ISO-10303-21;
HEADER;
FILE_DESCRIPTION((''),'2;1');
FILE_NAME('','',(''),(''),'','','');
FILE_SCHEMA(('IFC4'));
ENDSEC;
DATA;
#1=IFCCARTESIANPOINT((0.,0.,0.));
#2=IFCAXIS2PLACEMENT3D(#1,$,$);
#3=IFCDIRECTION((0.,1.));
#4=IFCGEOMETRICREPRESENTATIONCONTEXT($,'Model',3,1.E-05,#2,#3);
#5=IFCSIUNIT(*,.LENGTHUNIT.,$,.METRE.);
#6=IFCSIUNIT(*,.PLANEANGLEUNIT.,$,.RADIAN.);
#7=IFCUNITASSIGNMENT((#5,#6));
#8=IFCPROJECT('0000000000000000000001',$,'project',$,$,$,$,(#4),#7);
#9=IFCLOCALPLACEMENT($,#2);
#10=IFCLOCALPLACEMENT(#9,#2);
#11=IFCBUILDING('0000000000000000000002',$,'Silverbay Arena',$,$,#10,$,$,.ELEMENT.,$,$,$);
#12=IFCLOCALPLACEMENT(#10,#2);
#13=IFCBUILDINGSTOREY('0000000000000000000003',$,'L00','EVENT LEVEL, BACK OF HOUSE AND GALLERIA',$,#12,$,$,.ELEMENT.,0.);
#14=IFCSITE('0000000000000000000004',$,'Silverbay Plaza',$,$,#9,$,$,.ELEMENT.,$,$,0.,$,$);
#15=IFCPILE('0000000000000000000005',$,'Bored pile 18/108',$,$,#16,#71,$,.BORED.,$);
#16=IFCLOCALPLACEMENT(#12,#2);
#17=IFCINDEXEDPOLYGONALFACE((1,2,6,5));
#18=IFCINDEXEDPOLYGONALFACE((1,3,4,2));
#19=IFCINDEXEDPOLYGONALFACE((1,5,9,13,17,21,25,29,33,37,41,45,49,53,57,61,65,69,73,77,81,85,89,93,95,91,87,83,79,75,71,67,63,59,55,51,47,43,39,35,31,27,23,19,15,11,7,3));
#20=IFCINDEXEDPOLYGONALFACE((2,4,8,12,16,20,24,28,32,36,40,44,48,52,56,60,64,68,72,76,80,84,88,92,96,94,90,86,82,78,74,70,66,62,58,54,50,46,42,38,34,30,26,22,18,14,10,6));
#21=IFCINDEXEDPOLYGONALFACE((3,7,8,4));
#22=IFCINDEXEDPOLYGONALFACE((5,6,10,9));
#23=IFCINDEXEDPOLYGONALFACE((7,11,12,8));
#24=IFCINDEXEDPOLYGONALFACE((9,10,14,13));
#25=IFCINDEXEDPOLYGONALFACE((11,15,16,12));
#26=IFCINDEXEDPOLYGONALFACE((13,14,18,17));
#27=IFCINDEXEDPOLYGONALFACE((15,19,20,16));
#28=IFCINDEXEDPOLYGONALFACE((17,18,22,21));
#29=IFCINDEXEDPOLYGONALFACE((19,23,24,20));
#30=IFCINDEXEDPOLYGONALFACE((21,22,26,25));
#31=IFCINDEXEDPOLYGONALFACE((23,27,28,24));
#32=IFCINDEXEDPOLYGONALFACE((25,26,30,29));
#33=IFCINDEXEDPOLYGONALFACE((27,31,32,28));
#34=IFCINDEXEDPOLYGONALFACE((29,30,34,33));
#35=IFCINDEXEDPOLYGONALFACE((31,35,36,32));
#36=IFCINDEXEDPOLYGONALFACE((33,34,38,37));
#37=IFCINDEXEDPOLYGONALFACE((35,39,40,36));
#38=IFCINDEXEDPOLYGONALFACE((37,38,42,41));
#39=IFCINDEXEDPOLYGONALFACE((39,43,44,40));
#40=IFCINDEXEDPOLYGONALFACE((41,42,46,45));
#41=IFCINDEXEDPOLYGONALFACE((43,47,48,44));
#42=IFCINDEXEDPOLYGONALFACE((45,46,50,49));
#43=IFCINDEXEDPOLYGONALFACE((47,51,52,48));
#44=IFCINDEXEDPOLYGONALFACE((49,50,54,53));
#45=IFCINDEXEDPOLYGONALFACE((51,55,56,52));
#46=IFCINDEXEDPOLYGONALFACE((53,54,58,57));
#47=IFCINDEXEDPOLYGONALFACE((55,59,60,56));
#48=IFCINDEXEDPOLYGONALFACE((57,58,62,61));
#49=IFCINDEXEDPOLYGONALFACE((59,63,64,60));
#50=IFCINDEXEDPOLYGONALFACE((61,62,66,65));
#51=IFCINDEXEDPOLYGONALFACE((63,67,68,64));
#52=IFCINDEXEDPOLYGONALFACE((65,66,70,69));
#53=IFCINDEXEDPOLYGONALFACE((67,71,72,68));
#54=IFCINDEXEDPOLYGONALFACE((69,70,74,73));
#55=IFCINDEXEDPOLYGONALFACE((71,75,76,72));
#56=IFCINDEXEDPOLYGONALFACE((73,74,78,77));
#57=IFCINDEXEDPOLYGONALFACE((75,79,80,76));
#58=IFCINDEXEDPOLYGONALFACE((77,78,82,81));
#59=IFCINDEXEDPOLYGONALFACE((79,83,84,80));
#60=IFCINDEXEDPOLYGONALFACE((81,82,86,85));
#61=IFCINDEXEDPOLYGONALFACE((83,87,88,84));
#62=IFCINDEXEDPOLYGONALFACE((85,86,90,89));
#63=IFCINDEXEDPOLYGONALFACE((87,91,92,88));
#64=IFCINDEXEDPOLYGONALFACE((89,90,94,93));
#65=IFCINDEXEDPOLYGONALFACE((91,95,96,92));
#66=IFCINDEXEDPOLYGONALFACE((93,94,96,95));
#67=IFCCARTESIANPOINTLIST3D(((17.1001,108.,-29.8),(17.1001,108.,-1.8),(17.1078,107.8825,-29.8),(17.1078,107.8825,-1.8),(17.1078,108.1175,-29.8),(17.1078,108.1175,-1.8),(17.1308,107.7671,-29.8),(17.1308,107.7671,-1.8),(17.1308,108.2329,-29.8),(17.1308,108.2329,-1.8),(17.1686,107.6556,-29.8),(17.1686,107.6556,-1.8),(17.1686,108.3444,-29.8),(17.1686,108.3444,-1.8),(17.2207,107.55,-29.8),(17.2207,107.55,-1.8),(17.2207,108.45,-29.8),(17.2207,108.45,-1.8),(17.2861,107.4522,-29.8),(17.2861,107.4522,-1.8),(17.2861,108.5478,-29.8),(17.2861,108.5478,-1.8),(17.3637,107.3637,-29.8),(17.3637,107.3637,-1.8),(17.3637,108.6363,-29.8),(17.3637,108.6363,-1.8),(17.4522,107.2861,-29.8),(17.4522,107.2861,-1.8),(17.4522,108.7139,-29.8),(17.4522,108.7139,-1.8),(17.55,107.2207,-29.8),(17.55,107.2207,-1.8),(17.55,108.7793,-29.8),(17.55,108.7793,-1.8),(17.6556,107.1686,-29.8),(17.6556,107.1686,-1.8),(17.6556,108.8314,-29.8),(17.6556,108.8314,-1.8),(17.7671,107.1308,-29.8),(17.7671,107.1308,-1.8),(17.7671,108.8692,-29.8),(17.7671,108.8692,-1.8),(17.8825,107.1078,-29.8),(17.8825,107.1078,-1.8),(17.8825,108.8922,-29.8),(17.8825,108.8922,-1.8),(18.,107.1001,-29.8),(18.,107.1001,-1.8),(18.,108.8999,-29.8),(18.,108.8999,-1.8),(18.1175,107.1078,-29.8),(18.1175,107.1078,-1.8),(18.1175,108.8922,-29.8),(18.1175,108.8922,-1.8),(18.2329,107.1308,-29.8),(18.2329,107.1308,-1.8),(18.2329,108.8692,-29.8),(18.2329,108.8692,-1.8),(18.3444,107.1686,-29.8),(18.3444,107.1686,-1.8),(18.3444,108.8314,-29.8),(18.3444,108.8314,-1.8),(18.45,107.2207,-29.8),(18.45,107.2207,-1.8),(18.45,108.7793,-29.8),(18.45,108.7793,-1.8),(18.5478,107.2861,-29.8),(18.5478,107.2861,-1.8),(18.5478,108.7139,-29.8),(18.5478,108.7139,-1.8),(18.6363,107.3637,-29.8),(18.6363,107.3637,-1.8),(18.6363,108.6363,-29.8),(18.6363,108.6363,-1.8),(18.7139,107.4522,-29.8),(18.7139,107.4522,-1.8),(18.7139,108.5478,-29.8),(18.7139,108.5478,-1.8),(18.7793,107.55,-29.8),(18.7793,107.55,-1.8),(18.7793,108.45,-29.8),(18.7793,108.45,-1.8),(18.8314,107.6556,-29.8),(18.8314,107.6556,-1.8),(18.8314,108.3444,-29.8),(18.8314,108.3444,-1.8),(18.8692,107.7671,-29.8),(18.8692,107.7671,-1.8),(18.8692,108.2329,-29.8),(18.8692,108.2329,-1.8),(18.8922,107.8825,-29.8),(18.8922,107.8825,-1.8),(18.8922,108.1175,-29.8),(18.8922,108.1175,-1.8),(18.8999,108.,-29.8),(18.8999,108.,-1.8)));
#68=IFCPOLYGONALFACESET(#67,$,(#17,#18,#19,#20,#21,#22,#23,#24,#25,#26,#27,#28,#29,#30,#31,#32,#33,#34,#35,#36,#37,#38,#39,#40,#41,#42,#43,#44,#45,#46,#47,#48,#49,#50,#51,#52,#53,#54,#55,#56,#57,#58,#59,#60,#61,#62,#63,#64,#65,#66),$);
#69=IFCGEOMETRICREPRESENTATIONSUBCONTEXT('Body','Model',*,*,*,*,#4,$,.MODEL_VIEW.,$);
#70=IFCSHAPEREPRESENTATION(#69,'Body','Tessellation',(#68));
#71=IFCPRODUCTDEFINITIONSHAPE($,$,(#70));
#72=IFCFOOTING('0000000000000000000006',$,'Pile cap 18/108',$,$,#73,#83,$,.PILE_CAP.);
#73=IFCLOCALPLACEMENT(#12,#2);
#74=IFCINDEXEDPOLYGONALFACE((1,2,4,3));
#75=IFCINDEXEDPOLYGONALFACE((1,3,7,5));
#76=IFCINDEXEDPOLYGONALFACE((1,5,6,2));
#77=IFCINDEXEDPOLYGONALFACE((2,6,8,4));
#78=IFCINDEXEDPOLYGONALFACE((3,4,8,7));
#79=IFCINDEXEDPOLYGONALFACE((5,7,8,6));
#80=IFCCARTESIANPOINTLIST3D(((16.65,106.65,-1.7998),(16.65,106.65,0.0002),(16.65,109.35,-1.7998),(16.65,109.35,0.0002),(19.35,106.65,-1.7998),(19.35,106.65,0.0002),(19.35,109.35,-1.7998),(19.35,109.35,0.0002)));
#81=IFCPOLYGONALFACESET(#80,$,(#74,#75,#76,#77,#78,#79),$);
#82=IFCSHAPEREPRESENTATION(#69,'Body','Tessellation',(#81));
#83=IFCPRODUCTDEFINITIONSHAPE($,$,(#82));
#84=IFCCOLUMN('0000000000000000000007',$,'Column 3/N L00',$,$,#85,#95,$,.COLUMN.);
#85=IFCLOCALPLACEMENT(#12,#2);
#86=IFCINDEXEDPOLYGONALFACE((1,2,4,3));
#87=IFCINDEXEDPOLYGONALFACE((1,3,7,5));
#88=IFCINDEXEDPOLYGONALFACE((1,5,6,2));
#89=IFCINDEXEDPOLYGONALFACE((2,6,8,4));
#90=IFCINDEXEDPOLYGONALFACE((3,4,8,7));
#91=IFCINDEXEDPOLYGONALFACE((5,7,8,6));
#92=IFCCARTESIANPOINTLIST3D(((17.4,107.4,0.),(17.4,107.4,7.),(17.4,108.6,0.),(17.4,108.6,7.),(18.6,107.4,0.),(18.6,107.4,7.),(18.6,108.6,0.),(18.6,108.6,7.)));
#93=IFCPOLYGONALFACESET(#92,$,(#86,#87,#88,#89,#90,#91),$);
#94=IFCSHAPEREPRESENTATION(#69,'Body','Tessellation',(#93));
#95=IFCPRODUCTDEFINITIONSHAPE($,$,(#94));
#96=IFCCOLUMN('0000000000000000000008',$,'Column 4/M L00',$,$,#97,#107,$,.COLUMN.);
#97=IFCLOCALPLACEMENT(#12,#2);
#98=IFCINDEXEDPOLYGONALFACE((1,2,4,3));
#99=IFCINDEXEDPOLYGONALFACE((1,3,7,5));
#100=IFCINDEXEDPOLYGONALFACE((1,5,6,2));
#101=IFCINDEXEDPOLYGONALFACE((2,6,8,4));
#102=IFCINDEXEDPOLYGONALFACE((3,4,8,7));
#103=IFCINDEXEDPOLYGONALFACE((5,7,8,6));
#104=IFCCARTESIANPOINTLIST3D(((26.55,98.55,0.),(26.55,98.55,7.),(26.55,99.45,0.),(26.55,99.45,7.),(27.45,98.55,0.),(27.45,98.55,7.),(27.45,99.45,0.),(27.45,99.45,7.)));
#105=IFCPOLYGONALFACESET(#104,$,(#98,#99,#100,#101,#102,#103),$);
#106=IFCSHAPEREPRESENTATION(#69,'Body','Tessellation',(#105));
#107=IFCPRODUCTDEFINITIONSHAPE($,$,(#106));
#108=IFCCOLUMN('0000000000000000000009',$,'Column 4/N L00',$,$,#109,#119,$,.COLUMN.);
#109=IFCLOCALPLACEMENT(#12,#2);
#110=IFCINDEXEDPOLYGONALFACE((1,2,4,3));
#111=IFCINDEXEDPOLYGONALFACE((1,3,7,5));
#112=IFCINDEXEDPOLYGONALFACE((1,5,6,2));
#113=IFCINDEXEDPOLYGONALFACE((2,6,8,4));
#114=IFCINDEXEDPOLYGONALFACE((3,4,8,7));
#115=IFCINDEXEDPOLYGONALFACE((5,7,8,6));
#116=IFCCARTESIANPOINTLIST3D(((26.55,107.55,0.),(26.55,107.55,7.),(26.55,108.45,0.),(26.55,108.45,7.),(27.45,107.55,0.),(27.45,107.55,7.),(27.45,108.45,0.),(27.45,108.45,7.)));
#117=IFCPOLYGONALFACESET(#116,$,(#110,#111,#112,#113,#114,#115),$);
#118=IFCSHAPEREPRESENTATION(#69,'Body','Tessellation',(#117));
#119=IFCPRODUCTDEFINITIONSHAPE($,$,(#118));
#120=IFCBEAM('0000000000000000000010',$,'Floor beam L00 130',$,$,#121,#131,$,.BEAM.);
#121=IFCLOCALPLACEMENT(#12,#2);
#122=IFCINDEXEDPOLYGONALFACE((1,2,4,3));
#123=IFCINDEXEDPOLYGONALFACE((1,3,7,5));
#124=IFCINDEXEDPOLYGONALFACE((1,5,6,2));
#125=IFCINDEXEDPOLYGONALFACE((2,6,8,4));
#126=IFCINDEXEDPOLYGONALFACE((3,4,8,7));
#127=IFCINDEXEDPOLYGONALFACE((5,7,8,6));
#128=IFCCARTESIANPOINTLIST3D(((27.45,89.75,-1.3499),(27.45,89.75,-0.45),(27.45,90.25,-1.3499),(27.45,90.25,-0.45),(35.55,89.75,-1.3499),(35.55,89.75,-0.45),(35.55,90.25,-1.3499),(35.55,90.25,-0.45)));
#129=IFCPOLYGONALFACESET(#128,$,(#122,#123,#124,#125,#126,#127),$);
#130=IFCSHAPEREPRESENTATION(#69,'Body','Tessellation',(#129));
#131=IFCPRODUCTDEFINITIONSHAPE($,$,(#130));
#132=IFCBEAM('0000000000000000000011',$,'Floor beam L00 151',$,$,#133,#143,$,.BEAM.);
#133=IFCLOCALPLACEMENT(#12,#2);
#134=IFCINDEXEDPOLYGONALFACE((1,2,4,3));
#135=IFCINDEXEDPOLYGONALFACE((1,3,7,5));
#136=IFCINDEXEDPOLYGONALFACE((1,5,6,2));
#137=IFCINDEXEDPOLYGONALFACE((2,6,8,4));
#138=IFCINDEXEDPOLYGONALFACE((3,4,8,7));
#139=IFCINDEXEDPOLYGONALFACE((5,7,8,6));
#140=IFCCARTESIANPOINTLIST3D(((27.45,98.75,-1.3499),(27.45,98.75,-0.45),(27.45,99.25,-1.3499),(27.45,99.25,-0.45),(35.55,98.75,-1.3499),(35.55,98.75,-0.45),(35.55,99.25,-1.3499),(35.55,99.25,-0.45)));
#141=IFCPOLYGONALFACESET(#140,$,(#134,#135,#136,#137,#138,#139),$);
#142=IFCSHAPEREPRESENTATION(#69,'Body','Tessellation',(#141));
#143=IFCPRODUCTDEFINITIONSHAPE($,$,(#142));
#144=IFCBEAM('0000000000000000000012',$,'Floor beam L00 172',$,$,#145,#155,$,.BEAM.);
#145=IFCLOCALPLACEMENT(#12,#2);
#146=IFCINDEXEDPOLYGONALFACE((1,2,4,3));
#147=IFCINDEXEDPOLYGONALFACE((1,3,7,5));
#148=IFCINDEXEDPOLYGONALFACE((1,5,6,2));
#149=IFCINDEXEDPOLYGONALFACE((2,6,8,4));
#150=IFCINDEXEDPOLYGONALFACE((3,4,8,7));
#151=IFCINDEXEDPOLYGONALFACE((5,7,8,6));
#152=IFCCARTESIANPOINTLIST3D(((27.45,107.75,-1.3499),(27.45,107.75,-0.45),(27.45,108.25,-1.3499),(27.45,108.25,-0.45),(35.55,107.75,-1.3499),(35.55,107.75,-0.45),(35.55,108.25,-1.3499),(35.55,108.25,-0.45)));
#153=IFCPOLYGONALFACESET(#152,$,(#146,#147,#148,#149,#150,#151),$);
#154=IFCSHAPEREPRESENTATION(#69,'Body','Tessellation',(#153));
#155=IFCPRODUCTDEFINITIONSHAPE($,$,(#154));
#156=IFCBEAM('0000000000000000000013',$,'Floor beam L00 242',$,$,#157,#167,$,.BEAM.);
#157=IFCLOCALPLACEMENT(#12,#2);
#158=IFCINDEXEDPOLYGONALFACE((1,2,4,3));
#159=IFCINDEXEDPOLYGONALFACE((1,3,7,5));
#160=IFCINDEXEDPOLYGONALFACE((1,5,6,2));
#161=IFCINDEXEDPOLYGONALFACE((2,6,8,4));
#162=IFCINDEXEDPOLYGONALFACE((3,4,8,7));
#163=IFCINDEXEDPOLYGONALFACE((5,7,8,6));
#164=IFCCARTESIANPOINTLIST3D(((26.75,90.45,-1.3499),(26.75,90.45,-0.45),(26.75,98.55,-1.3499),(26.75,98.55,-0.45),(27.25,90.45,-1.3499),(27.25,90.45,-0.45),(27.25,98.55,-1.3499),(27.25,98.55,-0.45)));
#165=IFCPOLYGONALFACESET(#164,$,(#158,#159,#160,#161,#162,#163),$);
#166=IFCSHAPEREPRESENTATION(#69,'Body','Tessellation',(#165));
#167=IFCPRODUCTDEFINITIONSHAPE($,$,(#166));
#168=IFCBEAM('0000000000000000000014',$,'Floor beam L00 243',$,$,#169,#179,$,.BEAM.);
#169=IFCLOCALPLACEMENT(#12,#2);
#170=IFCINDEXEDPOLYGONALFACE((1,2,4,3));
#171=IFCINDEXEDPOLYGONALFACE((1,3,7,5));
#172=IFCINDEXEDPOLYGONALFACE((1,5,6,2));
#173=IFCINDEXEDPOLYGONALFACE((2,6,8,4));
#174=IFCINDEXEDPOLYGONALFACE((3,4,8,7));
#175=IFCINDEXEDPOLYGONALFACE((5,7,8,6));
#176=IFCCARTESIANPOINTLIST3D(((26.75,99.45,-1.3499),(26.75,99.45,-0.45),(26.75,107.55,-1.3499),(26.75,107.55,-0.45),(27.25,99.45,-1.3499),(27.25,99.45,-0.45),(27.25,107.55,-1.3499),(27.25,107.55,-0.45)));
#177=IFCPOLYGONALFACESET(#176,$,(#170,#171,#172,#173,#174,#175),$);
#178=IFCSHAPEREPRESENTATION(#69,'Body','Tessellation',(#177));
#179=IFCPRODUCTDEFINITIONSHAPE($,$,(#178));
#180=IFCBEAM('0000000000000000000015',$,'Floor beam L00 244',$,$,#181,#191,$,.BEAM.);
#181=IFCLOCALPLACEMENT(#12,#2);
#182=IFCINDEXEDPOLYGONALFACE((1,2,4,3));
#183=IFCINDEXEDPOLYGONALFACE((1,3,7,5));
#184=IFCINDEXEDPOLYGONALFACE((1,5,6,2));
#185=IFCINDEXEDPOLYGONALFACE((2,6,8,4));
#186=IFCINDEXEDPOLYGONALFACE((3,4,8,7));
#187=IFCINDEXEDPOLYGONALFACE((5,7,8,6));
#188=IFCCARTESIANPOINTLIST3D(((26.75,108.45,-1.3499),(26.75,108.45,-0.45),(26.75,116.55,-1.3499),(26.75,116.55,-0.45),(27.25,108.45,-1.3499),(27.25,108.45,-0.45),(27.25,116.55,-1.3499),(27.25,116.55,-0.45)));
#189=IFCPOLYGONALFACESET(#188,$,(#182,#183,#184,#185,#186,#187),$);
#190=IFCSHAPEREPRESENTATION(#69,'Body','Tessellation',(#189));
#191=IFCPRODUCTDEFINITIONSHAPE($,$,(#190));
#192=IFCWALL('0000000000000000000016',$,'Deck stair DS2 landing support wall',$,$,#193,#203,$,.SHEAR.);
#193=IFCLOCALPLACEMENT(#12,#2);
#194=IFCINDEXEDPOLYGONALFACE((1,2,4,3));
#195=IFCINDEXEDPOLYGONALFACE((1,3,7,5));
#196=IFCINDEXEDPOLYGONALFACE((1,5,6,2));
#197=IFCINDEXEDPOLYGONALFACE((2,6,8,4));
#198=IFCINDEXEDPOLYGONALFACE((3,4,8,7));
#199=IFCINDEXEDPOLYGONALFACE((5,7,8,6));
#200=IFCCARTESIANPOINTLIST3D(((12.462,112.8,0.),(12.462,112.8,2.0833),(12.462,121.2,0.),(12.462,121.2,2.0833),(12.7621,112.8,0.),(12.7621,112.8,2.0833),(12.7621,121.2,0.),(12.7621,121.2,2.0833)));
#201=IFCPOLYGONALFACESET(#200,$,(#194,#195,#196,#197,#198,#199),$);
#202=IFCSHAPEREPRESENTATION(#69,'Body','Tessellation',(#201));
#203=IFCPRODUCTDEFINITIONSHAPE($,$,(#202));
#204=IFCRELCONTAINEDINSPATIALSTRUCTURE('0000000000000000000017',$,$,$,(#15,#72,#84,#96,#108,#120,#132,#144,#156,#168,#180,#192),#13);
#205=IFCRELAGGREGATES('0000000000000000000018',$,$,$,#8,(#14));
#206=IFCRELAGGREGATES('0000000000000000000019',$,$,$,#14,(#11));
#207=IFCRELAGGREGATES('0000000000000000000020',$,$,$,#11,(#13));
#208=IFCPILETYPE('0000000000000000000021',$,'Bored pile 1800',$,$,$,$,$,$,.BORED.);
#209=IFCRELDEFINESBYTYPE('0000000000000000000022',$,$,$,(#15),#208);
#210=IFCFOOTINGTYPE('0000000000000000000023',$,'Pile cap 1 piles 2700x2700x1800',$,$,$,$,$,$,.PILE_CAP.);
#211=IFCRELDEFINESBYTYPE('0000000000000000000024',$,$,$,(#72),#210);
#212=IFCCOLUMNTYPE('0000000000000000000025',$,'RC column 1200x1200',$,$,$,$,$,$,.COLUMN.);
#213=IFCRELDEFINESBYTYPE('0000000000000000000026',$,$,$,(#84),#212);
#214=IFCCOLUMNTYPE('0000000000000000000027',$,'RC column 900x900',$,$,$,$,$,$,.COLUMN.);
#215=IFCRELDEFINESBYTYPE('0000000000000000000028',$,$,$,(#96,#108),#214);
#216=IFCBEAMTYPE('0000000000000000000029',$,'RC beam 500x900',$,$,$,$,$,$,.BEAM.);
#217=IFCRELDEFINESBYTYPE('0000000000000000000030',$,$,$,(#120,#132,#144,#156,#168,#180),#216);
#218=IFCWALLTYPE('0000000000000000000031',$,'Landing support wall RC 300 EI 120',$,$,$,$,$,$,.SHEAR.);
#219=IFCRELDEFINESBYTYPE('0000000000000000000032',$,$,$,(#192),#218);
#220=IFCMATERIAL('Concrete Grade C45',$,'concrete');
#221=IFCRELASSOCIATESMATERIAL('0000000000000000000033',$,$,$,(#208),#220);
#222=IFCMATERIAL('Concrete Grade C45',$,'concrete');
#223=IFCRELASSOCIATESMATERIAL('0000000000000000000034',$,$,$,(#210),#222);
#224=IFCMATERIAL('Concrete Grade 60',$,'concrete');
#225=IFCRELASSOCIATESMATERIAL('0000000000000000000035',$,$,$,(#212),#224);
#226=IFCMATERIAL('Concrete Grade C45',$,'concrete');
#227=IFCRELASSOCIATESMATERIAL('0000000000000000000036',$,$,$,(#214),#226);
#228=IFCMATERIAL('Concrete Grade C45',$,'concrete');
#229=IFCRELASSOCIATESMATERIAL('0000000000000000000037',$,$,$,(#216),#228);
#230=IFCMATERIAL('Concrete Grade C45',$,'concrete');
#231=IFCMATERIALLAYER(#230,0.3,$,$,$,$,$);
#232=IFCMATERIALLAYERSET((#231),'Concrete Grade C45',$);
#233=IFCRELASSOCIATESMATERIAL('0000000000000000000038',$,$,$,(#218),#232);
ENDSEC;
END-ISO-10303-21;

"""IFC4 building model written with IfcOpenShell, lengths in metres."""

from ifc_helpers import new_model, si_unit, direction, frame, frame_2d, origin, origin_2d, place, context, subcontext, project, spatial, rectangle, circle, extrude, material, layer, layer_set, material_profile, profile_set, type_object, element, save


model = new_model("IFC4")

# Units and contexts
model_context = context("Model", 3, precision=1e-05, world=origin(), true_north=direction((0.0, 1.0)))
body_context = subcontext(model_context, "Body", "Model", "MODEL_VIEW")
ifc_project = project(units=[si_unit("LENGTHUNIT", "METRE"), si_unit("PLANEANGLEUNIT", "RADIAN")], contexts=[model_context])

# Site, building, storey
site_placement = place(None, origin())
site = spatial("IfcSite", under=ifc_project, at=site_placement, Name="Silverbay Plaza", CompositionType="ELEMENT", RefElevation=0.0)
building_placement = place(site_placement, origin())
building = spatial("IfcBuilding", under=site, at=building_placement, Name="Silverbay Arena", CompositionType="ELEMENT")
storey_placement = place(building_placement, origin())
storey = spatial("IfcBuildingStorey", under=building, at=storey_placement, Name="L00", Description="EVENT LEVEL, BACK OF HOUSE AND GALLERIA", CompositionType="ELEMENT", Elevation=0.0)

# Pile
ifc_material_1 = material(Name="Concrete Grade C45", Category="concrete")
ifc_material_profile_1 = material_profile(ifc_material_1, circle(Radius=0.8999, at=origin_2d()), Name="Bored pile 1800")
ifc_profile_set_1 = profile_set([ifc_material_profile_1], Name="Concrete Grade C45")
pile_type = type_object("IfcPileType", Name="Bored pile 1800", PredefinedType="BORED", material=ifc_profile_set_1)
pile_placement = place(storey_placement, frame((18.0, 108.0, -1.8), z_axis=(0.0, 0.0, -1.0), x_axis=(1.0, 0.0, 0.0)))
element("IfcPile", 1, at=pile_placement, inside=storey, type_object=pile_type, Name="Bored pile 18/108", PredefinedType="BORED", context=body_context, shape_type="SweptSolid", body=[
    extrude(circle(Radius=0.8999, at=origin_2d()), origin(), (0.0, 0.0, 1.0), 28.0),
])

# Footing
ifc_material_2 = material(Name="Concrete Grade C45", Category="concrete")
footing_type = type_object("IfcFootingType", Name="Pile cap 1 piles 2700x2700x1800", PredefinedType="PILE_CAP", material=ifc_material_2)
footing_placement = place(storey_placement, frame((18.0, 108.0, -1.7998), z_axis=(0.0, 0.0, 1.0), x_axis=(1.0, 0.0, 0.0)))
element("IfcFooting", 2, at=footing_placement, inside=storey, type_object=footing_type, Name="Pile cap 18/108", PredefinedType="PILE_CAP", context=body_context, shape_type="SweptSolid", body=[
    extrude(rectangle(XDim=2.7, YDim=2.7, at=origin_2d()), origin(), (0.0, 0.0, 1.0), 1.8),
])

# Columns
ifc_material_3 = material(Name="Concrete Grade 60", Category="concrete")
ifc_material_profile_2 = material_profile(ifc_material_3, rectangle(XDim=1.2, YDim=1.2, at=origin_2d()), Name="RC 1200x1200")
ifc_profile_set_2 = profile_set([ifc_material_profile_2], Name="Concrete Grade 60")
column_type_1 = type_object("IfcColumnType", Name="RC column 1200x1200", PredefinedType="COLUMN", material=ifc_profile_set_2)
column_placement = place(storey_placement, frame((18.0, 108.0, 0.0), z_axis=(0.0, 0.0, 1.0), x_axis=(1.0, 0.0, 0.0)))
element("IfcColumn", 3, at=column_placement, inside=storey, type_object=column_type_1, Name="Column 3/N L00", PredefinedType="COLUMN", context=body_context, shape_type="SweptSolid", body=[
    extrude(rectangle(XDim=1.2, YDim=1.2, at=origin_2d()), origin(), (0.0, 0.0, 1.0), 7.0),
])
ifc_material_4 = material(Name="Concrete Grade C45", Category="concrete")
ifc_material_profile_3 = material_profile(ifc_material_4, rectangle(XDim=0.8999, YDim=0.8999, at=origin_2d()), Name="RC 900x900")
ifc_profile_set_3 = profile_set([ifc_material_profile_3], Name="Concrete Grade C45")
column_type_2 = type_object("IfcColumnType", Name="RC column 900x900", PredefinedType="COLUMN", material=ifc_profile_set_3)
for number, where, z_axis, x_axis, name in (
    (4, (27.0, 99.0, 0.0), (0.0, 0.0, 1.0), (1.0, 0.0, 0.0), "Column 4/M L00"),
    (5, (27.0, 108.0, 0.0), (0.0, 0.0, 1.0), (1.0, 0.0, 0.0), "Column 4/N L00"),
):
    element("IfcColumn", number, at=place(storey_placement, frame(where, z_axis=z_axis, x_axis=x_axis)), inside=storey, type_object=column_type_2, Name=name, PredefinedType="COLUMN", context=body_context, shape_type="SweptSolid", body=[
        extrude(rectangle(XDim=0.8999, YDim=0.8999, at=origin_2d()), origin(), (0.0, 0.0, 1.0), 7.0),
    ])

# Beams
ifc_material_5 = material(Name="Concrete Grade C45", Category="concrete")
ifc_material_profile_4 = material_profile(ifc_material_5, rectangle(XDim=0.5, YDim=0.8999, at=origin_2d()), Name="RC 500x900")
ifc_profile_set_4 = profile_set([ifc_material_profile_4], Name="Concrete Grade C45")
beam_type = type_object("IfcBeamType", Name="RC beam 500x900", PredefinedType="BEAM", material=ifc_profile_set_4)
for number, where, z_axis, x_axis, name in (
    (6, (27.45, 90.0, -0.8999), (1.0, 0.0, 0.0), (0.0, 1.0, 0.0), "Floor beam L00 130"),
    (7, (27.45, 99.0, -0.8999), (1.0, 0.0, 0.0), (0.0, 1.0, 0.0), "Floor beam L00 151"),
    (8, (27.45, 108.0, -0.8999), (1.0, 0.0, 0.0), (0.0, 1.0, 0.0), "Floor beam L00 172"),
    (9, (27.0, 90.45, -0.8999), (0.0, 1.0, 0.0), (-1.0, 0.0, 0.0), "Floor beam L00 242"),
    (10, (27.0, 99.45, -0.8999), (0.0, 1.0, 0.0), (-1.0, 0.0, 0.0), "Floor beam L00 243"),
    (11, (27.0, 108.45, -0.8999), (0.0, 1.0, 0.0), (-1.0, 0.0, 0.0), "Floor beam L00 244"),
):
    element("IfcBeam", number, at=place(storey_placement, frame(where, z_axis=z_axis, x_axis=x_axis)), inside=storey, type_object=beam_type, Name=name, PredefinedType="BEAM", context=body_context, shape_type="SweptSolid", body=[
        extrude(rectangle(XDim=0.5, YDim=0.8999, at=origin_2d()), origin(), (0.0, 0.0, 1.0), 8.1001),
    ])

# Wall
ifc_material_6 = material(Name="Concrete Grade C45", Category="concrete")
ifc_layer_1 = layer(ifc_material_6, 0.3)
ifc_layer_set_1 = layer_set([ifc_layer_1], Name="Concrete Grade C45")
wall_type_1 = type_object("IfcWallType", Name="Landing support wall RC 300 EI 120", PredefinedType="SHEAR", material=ifc_layer_set_1)
wall_1_placement = place(storey_placement, frame((12.6121, 112.8, 0.0), z_axis=(0.0, 0.0, 1.0), x_axis=(0.0, 1.0, 0.0)))
element("IfcWall", 12, at=wall_1_placement, inside=storey, type_object=wall_type_1, Name="Deck stair DS2 landing support wall", PredefinedType="SHEAR", context=body_context, shape_type="SweptSolid", body=[
    extrude(rectangle(XDim=8.3999, YDim=0.3, at=frame_2d((4.2, 0.0))), origin(), (0.0, 0.0, 1.0), 2.0833),
])

save(model, "model.ifc")
